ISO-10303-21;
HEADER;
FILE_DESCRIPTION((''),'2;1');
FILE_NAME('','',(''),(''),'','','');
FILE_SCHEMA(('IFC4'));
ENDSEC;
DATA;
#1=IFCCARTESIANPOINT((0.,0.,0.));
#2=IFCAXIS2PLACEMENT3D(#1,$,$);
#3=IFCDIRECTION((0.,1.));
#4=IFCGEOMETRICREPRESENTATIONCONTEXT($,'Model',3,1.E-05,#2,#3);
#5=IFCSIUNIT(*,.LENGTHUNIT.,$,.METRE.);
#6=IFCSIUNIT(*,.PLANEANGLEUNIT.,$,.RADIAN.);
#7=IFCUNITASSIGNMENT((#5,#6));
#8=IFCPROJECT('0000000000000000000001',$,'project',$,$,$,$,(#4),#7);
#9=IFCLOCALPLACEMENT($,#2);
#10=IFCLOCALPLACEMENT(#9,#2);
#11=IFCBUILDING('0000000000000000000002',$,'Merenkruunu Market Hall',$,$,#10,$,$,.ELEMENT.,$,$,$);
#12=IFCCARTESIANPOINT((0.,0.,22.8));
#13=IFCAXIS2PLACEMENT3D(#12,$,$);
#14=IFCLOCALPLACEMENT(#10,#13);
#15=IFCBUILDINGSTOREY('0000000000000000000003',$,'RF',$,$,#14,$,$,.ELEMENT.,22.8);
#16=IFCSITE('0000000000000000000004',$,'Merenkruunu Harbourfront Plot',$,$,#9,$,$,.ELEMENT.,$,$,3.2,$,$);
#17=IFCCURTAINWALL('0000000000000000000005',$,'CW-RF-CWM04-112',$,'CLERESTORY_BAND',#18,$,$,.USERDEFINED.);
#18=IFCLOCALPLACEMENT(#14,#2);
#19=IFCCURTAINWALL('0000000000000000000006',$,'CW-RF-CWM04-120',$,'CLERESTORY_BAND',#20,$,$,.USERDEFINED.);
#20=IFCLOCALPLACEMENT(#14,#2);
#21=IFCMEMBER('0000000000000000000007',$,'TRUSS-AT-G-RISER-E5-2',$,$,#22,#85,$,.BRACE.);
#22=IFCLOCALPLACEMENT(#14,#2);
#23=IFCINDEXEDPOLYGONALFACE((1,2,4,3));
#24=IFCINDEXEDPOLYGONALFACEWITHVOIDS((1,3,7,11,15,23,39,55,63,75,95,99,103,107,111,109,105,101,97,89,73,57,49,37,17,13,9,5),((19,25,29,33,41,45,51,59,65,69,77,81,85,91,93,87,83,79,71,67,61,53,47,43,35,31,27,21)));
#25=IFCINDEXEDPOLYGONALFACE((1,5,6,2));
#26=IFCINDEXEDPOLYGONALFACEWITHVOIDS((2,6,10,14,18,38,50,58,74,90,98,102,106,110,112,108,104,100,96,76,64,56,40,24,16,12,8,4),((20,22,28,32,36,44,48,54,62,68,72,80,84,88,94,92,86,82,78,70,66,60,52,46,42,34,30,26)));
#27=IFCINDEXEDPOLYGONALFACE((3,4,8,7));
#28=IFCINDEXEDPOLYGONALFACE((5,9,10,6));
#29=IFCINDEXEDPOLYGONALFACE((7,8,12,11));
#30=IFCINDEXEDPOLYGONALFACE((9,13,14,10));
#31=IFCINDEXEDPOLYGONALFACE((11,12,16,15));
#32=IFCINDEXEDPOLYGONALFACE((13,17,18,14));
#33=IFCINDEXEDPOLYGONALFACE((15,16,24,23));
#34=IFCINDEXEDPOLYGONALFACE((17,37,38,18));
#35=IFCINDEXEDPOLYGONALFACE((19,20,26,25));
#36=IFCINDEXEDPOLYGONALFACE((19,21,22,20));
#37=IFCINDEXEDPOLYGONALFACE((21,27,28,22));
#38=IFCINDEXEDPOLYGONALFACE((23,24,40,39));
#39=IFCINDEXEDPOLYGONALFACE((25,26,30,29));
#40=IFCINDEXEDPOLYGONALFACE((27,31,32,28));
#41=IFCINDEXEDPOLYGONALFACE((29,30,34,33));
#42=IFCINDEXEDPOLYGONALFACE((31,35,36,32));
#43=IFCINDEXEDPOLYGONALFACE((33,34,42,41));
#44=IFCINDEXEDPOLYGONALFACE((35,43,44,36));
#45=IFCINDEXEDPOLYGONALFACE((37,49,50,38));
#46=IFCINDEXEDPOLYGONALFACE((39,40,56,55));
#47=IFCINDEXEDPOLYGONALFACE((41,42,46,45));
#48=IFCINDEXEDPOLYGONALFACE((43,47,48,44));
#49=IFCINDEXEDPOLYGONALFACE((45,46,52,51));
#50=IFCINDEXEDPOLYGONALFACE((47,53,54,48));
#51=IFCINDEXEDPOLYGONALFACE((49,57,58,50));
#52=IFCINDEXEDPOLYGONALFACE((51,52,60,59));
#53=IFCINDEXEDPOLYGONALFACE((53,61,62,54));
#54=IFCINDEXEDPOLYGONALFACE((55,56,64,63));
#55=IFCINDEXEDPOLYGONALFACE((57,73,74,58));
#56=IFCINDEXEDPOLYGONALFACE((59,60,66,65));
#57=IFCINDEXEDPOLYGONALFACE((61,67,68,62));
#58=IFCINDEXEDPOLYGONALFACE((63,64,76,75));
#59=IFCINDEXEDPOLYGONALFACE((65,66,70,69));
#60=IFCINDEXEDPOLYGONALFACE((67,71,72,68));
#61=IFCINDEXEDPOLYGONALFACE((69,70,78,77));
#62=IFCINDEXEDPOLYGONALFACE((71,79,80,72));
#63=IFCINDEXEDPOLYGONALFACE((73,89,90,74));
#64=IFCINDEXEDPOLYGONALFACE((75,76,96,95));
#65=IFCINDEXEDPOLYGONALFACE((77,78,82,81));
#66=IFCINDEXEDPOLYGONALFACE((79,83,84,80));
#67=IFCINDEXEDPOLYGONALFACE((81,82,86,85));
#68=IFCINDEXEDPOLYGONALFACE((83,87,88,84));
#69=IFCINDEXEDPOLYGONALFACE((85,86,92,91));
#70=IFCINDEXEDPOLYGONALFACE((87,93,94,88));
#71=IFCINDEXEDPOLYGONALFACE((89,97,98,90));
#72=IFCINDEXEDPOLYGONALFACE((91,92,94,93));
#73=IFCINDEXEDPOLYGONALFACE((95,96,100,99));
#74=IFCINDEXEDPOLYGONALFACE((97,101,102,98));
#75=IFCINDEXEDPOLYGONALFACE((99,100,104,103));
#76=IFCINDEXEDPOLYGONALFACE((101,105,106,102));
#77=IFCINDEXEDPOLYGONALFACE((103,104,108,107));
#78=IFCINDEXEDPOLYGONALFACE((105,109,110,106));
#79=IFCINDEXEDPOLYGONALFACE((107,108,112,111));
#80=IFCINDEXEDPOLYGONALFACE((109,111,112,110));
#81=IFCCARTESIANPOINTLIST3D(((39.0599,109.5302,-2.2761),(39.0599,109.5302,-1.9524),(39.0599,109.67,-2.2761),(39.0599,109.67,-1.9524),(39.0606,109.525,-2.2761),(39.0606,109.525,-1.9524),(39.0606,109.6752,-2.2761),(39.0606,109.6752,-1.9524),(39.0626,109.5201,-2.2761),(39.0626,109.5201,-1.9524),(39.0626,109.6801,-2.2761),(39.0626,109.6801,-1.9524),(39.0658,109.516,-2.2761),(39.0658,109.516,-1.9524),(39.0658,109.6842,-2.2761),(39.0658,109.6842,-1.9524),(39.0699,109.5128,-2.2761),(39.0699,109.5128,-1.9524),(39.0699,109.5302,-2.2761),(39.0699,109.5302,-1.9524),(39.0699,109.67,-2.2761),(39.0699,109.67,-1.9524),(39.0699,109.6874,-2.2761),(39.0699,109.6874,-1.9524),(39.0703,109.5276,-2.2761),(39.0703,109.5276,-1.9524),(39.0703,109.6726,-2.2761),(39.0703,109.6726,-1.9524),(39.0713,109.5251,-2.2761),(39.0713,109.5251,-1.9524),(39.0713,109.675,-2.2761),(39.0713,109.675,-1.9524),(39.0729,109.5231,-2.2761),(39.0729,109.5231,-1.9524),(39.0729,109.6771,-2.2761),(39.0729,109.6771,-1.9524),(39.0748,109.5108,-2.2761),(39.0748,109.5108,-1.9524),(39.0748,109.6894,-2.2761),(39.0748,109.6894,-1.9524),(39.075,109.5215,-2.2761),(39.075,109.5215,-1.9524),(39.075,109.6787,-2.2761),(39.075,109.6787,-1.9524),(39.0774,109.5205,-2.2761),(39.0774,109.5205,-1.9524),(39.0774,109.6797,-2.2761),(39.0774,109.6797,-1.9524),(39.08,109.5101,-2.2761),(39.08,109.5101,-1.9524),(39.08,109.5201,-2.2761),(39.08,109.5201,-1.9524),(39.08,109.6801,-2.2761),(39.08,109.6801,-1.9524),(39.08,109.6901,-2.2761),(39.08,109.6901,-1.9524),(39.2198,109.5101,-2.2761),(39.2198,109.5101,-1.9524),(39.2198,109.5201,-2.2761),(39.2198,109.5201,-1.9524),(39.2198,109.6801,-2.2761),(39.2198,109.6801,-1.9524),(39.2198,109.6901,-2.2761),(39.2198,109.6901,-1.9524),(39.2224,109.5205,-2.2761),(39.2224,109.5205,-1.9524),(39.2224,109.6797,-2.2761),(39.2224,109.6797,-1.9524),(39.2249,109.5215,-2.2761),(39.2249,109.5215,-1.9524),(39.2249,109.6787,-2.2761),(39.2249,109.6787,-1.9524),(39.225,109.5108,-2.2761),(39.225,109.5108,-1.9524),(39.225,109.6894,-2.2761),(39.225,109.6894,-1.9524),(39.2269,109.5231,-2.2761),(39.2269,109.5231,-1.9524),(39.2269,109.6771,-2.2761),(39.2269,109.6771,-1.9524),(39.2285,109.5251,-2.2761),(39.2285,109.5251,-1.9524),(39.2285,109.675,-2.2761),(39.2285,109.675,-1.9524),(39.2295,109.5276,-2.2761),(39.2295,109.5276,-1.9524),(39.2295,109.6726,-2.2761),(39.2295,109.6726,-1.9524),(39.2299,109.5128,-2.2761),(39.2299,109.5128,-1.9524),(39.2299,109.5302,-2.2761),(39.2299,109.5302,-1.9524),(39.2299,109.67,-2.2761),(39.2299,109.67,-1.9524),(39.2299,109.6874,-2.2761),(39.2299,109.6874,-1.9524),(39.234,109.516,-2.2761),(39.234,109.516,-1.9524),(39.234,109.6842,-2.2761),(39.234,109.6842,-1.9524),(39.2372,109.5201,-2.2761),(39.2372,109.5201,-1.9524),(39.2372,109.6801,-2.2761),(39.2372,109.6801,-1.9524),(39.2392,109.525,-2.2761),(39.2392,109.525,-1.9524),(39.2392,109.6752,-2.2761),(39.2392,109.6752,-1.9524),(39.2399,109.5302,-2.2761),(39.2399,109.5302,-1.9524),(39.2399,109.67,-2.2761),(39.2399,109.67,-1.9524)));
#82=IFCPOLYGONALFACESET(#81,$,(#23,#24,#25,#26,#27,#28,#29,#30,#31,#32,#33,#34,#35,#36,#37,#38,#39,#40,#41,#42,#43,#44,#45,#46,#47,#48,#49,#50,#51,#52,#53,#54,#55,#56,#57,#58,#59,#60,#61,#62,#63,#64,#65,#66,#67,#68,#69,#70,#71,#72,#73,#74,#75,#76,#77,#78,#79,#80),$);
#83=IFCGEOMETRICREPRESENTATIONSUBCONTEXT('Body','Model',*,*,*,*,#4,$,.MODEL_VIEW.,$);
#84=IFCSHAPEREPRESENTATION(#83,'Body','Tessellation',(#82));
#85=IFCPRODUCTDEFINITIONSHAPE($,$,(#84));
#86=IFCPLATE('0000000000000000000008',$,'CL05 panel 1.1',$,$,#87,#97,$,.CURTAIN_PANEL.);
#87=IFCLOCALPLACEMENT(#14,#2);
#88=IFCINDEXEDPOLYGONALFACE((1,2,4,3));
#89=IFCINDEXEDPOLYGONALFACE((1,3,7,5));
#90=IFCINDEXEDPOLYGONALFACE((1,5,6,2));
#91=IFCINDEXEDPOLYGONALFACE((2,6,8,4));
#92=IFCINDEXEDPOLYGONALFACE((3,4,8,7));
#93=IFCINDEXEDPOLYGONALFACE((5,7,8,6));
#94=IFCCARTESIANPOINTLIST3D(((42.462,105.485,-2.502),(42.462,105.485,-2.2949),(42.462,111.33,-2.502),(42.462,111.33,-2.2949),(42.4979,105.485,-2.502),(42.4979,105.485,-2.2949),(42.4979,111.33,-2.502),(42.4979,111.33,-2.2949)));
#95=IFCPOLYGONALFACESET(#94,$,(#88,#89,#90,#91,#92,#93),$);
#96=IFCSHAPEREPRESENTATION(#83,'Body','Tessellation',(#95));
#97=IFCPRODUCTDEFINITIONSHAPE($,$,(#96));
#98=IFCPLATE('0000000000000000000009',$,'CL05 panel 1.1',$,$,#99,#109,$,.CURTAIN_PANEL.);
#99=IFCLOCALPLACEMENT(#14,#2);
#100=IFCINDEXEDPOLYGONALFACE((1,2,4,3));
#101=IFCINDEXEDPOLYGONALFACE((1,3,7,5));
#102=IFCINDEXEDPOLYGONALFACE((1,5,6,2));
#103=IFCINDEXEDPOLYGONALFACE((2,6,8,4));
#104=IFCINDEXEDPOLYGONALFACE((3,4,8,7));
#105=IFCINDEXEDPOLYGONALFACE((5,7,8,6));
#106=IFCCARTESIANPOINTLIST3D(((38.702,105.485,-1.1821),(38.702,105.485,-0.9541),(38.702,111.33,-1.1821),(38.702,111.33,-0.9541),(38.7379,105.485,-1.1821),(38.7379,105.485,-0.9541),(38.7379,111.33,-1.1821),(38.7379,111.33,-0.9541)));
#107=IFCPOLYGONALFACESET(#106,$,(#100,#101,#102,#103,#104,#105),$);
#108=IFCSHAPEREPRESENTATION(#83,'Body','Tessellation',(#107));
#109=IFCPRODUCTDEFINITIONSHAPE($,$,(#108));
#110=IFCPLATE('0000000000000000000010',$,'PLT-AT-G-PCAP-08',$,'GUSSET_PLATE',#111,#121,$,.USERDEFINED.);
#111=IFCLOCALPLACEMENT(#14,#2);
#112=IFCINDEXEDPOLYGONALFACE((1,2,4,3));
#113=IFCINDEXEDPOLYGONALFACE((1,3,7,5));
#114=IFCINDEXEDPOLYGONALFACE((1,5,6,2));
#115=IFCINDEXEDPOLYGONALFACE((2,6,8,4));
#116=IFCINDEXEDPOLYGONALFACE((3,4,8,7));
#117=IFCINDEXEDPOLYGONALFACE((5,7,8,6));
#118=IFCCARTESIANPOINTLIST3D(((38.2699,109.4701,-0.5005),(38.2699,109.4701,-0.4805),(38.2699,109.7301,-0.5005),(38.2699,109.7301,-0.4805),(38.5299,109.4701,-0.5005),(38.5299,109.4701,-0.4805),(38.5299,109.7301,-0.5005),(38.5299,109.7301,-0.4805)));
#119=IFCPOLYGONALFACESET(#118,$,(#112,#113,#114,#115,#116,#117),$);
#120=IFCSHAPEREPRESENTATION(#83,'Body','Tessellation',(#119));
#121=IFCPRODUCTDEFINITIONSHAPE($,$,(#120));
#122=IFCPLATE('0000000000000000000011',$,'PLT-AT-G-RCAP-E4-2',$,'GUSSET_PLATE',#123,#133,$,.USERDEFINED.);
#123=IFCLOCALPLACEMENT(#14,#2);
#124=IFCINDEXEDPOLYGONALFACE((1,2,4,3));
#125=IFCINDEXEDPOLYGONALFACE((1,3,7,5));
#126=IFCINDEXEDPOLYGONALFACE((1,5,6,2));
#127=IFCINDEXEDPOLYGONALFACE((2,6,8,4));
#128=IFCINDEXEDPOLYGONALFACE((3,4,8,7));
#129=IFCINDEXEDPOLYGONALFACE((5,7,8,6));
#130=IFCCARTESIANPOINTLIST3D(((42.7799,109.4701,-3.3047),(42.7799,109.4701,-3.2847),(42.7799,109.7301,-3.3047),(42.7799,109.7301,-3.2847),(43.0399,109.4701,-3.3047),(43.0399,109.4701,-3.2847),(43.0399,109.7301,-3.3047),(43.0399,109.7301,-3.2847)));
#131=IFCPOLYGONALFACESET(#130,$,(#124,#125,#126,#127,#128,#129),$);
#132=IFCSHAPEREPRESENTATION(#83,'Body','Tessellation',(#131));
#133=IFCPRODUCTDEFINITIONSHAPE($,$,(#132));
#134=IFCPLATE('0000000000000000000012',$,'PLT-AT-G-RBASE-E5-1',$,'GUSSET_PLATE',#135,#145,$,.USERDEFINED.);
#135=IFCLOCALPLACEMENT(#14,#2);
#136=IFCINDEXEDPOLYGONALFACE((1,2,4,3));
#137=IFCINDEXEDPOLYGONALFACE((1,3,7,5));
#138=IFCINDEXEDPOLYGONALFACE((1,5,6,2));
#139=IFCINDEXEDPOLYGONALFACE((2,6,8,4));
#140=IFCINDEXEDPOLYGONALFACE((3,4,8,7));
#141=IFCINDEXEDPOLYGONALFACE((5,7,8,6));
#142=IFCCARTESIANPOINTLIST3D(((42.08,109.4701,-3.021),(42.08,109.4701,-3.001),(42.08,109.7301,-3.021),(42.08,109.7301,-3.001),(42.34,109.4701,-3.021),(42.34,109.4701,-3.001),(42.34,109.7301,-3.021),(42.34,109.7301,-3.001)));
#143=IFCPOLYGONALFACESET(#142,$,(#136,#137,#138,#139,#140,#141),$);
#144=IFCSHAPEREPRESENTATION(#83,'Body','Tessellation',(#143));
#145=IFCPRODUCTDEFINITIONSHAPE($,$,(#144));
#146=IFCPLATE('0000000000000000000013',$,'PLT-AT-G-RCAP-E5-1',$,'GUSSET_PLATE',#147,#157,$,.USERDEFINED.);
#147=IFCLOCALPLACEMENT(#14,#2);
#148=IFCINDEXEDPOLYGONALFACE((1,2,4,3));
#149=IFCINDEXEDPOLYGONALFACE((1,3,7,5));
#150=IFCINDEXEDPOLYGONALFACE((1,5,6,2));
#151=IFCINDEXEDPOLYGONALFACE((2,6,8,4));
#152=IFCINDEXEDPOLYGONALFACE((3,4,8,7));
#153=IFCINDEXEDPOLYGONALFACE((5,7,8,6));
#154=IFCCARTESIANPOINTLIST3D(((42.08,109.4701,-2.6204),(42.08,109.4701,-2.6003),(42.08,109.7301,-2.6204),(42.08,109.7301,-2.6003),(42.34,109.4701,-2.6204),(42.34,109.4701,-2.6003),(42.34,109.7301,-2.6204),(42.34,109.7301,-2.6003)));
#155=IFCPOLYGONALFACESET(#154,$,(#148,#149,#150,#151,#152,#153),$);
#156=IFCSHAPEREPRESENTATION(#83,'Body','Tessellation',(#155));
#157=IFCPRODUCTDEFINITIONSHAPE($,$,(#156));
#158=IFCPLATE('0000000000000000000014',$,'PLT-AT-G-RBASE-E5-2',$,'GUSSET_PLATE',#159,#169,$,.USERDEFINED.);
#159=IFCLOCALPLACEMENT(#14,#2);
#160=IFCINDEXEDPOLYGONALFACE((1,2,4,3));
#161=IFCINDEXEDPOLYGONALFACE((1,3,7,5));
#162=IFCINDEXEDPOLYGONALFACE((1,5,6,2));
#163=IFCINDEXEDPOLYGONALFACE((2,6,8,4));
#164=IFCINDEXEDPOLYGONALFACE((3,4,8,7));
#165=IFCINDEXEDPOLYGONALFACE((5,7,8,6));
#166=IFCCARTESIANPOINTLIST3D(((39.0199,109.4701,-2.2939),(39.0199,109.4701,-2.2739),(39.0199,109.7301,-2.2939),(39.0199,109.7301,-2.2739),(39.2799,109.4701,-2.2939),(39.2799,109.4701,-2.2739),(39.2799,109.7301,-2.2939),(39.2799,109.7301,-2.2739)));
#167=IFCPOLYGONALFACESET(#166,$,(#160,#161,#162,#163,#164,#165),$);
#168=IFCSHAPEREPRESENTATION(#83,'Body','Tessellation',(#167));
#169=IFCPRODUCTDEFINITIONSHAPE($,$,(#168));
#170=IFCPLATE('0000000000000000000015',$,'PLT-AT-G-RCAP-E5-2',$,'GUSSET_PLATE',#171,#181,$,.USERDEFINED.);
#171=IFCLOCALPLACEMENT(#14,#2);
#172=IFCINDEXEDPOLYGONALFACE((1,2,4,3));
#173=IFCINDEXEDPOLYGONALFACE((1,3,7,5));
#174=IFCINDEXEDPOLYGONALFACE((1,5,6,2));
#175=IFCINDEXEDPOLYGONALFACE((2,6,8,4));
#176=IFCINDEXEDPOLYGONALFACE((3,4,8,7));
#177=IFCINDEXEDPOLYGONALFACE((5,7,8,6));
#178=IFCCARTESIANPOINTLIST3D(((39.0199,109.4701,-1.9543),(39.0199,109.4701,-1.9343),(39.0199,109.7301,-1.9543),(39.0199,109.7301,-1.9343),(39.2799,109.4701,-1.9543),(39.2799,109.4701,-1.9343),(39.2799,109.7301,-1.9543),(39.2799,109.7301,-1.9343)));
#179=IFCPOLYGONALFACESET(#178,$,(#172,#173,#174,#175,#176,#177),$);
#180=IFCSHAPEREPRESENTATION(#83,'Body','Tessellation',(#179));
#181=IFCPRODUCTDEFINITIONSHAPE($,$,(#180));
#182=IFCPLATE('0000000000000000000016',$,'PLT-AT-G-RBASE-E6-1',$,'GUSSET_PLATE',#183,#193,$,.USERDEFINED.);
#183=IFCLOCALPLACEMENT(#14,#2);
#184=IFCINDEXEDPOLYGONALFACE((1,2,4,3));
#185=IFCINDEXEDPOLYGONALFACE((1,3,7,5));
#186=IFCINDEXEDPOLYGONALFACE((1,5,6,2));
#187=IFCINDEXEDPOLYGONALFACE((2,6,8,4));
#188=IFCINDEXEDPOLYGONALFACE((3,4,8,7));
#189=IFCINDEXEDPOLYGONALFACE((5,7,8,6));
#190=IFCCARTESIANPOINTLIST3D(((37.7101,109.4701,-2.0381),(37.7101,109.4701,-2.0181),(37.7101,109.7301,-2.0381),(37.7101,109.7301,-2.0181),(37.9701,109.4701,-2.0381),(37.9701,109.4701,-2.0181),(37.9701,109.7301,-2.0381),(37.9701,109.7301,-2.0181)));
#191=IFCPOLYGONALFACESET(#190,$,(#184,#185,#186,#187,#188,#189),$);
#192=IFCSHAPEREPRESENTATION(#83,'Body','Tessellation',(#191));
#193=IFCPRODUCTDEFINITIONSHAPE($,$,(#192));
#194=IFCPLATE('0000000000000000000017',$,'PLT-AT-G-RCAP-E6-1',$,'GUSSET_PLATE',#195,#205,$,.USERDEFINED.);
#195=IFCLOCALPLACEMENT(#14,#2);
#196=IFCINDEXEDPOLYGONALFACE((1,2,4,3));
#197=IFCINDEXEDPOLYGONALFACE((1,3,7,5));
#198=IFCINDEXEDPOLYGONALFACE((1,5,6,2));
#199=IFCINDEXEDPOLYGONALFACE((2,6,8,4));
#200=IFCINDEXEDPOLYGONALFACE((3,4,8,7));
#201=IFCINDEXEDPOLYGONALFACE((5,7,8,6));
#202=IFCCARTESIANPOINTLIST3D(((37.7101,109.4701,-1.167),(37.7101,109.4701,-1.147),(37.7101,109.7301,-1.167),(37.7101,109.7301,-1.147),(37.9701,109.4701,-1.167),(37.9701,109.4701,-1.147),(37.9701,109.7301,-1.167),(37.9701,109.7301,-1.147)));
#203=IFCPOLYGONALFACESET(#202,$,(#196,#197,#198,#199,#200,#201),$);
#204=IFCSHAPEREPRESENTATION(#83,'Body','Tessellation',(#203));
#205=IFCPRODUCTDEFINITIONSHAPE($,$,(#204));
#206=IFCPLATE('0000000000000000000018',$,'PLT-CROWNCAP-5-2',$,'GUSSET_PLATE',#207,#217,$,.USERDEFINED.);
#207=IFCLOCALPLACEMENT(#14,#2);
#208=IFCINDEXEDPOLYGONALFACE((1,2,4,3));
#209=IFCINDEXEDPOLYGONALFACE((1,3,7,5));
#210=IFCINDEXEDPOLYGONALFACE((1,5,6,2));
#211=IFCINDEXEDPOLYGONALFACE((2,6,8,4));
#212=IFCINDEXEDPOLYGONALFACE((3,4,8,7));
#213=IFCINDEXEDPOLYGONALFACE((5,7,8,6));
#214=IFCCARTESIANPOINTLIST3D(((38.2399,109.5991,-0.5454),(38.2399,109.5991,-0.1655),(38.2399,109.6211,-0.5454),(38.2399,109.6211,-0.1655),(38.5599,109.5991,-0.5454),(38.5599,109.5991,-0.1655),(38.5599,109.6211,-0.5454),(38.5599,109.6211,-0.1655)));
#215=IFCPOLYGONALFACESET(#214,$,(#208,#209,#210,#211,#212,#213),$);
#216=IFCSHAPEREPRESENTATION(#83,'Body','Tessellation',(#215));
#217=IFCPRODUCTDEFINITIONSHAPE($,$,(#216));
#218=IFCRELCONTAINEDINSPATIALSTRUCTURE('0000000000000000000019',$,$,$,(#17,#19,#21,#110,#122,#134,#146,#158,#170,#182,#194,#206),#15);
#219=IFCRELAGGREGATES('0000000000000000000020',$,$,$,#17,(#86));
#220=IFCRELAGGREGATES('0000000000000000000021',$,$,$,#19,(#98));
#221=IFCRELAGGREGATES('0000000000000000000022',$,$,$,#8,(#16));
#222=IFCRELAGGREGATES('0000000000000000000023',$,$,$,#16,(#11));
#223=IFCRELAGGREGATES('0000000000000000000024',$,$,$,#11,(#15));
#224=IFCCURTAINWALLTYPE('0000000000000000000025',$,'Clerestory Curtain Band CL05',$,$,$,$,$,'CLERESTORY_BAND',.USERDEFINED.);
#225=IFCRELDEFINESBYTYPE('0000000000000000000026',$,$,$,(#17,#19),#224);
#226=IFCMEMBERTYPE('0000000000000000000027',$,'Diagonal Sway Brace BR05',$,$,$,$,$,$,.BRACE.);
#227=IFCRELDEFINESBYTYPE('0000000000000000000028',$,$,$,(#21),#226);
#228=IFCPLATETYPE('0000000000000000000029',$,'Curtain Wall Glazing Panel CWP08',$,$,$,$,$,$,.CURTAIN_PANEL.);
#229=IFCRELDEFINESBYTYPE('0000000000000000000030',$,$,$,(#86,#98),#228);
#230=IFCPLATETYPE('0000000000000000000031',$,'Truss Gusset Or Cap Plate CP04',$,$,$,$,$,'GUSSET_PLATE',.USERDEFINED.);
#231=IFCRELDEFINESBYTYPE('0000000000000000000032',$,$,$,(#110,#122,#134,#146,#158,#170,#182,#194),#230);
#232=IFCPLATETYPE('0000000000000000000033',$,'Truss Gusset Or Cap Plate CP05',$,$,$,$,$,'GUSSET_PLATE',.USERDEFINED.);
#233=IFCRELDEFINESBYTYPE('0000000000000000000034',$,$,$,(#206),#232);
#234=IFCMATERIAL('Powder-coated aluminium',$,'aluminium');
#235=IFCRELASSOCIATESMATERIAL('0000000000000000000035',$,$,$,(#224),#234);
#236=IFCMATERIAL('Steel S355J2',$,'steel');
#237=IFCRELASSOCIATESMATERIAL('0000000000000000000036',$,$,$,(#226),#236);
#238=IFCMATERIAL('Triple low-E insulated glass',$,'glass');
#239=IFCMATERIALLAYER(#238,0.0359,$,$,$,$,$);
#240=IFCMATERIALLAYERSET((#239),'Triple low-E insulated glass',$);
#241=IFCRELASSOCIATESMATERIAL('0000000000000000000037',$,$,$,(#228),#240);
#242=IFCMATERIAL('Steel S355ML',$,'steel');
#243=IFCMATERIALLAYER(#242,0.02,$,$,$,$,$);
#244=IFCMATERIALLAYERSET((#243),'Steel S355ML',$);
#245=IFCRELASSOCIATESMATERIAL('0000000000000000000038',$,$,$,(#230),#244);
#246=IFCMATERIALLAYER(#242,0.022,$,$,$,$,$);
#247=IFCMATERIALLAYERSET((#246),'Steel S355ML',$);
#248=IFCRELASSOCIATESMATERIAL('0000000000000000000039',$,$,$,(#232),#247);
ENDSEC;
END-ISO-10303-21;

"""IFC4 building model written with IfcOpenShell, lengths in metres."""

from ifc_helpers import new_model, si_unit, direction, frame, origin, origin_2d, place, context, subcontext, project, spatial, rectangle, hollow_rectangle, extrude, material, layer, layer_set, material_profile, profile_set, type_object, element, aggregate, save


model = new_model("IFC4")

# Units and contexts
model_context = context("Model", 3, precision=1e-05, world=origin(), true_north=direction((0.0, 1.0)))
body_context = subcontext(model_context, "Body", "Model", "MODEL_VIEW")
ifc_project = project(units=[si_unit("LENGTHUNIT", "METRE"), si_unit("PLANEANGLEUNIT", "RADIAN")], contexts=[model_context])

# Site, building, storey
site_placement = place(None, origin())
site = spatial("IfcSite", under=ifc_project, at=site_placement, Name="Merenkruunu Harbourfront Plot", CompositionType="ELEMENT", RefElevation=3.2)
building_placement = place(site_placement, origin())
building = spatial("IfcBuilding", under=site, at=building_placement, Name="Merenkruunu Market Hall", CompositionType="ELEMENT")
storey_placement = place(building_placement, frame((0.0, 0.0, 22.8)))
storey = spatial("IfcBuildingStorey", under=building, at=storey_placement, Name="RF", CompositionType="ELEMENT", Elevation=22.8)

# Shared definitions
ifc_material_1 = material(Name="Steel S355ML", Category="steel")

# Curtain walls
ifc_material_2 = material(Name="Powder-coated aluminium", Category="aluminium")
curtain_wall_type_1 = type_object("IfcCurtainWallType", Name="Clerestory Curtain Band CL05", ElementType="CLERESTORY_BAND", PredefinedType="USERDEFINED", material=ifc_material_2)
curtain_wall_1_placement = place(storey_placement, origin())
curtain_wall_1 = element("IfcCurtainWall", 1, at=curtain_wall_1_placement, inside=storey, type_object=curtain_wall_type_1, Name="CW-RF-CWM04-112", ObjectType="CLERESTORY_BAND", PredefinedType="USERDEFINED")
curtain_wall_2_placement = place(storey_placement, origin())
curtain_wall_2 = element("IfcCurtainWall", 2, at=curtain_wall_2_placement, inside=storey, type_object=curtain_wall_type_1, Name="CW-RF-CWM04-120", ObjectType="CLERESTORY_BAND", PredefinedType="USERDEFINED")

# Member
ifc_material_3 = material(Name="Steel S355J2", Category="steel")
ifc_material_profile_1 = material_profile(ifc_material_3, hollow_rectangle(XDim=0.1799, YDim=0.1799, WallThickness=0.01, InnerFilletRadius=0.01, OuterFilletRadius=0.02, at=origin_2d()), Name="SHS 180x180x10")
ifc_profile_set_1 = profile_set([ifc_material_profile_1], Name="Steel S355J2")
member_type_1 = type_object("IfcMemberType", Name="Diagonal Sway Brace BR05", PredefinedType="BRACE", material=ifc_profile_set_1)
member_1_placement = place(storey_placement, frame((39.1499, 109.6001, -2.2761), z_axis=(0.0, 0.0, 1.0), x_axis=(1.0, 0.0, 0.0)))
element("IfcMember", 3, at=member_1_placement, inside=storey, type_object=member_type_1, Name="TRUSS-AT-G-RISER-E5-2", PredefinedType="BRACE", context=body_context, shape_type="SweptSolid", body=[
    extrude(hollow_rectangle(XDim=0.1799, YDim=0.1799, WallThickness=0.01, InnerFilletRadius=0.01, OuterFilletRadius=0.02, at=origin_2d()), origin(), (0.0, 0.0, 1.0), 0.3237),
])

# Plates
ifc_material_4 = material(Name="Triple low-E insulated glass", Category="glass")
ifc_layer_1 = layer(ifc_material_4, 0.0359)
ifc_layer_set_1 = layer_set([ifc_layer_1], Name="Triple low-E insulated glass")
plate_type_1 = type_object("IfcPlateType", Name="Curtain Wall Glazing Panel CWP08", PredefinedType="CURTAIN_PANEL", material=ifc_layer_set_1)
plate_1_placement = place(storey_placement, frame((42.48, 108.4075, -2.502), z_axis=(0.0, 0.0, 1.0), x_axis=(0.0, -1.0, 0.0)))
plate_1 = element("IfcPlate", 4, at=plate_1_placement, type_object=plate_type_1, Name="CL05 panel 1.1", PredefinedType="CURTAIN_PANEL", context=body_context, shape_type="SweptSolid", body=[
    extrude(rectangle(XDim=5.845, YDim=0.0359, at=origin_2d()), origin(), (0.0, 0.0, 1.0), 0.207),
])
aggregate(curtain_wall_1, [plate_1])
plate_2_placement = place(storey_placement, frame((38.72, 108.4075, -1.1821), z_axis=(0.0, 0.0, 1.0), x_axis=(0.0, -1.0, 0.0)))
plate_2 = element("IfcPlate", 5, at=plate_2_placement, type_object=plate_type_1, Name="CL05 panel 1.1", PredefinedType="CURTAIN_PANEL", context=body_context, shape_type="SweptSolid", body=[
    extrude(rectangle(XDim=5.845, YDim=0.0359, at=origin_2d()), origin(), (0.0, 0.0, 1.0), 0.228),
])
aggregate(curtain_wall_2, [plate_2])

# Plates
ifc_layer_2 = layer(ifc_material_1, 0.02)
ifc_layer_set_2 = layer_set([ifc_layer_2], Name="Steel S355ML")
plate_type_2 = type_object("IfcPlateType", Name="Truss Gusset Or Cap Plate CP04", ElementType="GUSSET_PLATE", PredefinedType="USERDEFINED", material=ifc_layer_set_2)
for number, where, z_axis, x_axis, name in (
    (6, (38.3999, 109.6001, -0.5005), (0.0, 0.0, 1.0), (1.0, 0.0, 0.0), "PLT-AT-G-PCAP-08"),
    (7, (42.9099, 109.6001, -3.3047), (0.0, 0.0, 1.0), (1.0, 0.0, 0.0), "PLT-AT-G-RCAP-E4-2"),
    (8, (42.21, 109.6001, -3.021), (0.0, 0.0, 1.0), (1.0, 0.0, 0.0), "PLT-AT-G-RBASE-E5-1"),
    (9, (42.21, 109.6001, -2.6204), (0.0, 0.0, 1.0), (1.0, 0.0, 0.0), "PLT-AT-G-RCAP-E5-1"),
    (10, (39.1499, 109.6001, -2.2939), (0.0, 0.0, 1.0), (1.0, 0.0, 0.0), "PLT-AT-G-RBASE-E5-2"),
    (11, (39.1499, 109.6001, -1.9543), (0.0, 0.0, 1.0), (1.0, 0.0, 0.0), "PLT-AT-G-RCAP-E5-2"),
    (12, (37.8401, 109.6001, -2.0381), (0.0, 0.0, 1.0), (1.0, 0.0, 0.0), "PLT-AT-G-RBASE-E6-1"),
    (13, (37.8401, 109.6001, -1.167), (0.0, 0.0, 1.0), (1.0, 0.0, 0.0), "PLT-AT-G-RCAP-E6-1"),
):
    element("IfcPlate", number, at=place(storey_placement, frame(where, z_axis=z_axis, x_axis=x_axis)), inside=storey, type_object=plate_type_2, Name=name, ObjectType="GUSSET_PLATE", PredefinedType="USERDEFINED", context=body_context, shape_type="SweptSolid", body=[
        extrude(rectangle(XDim=0.26, YDim=0.26, at=origin_2d()), origin(), (0.0, 0.0, 1.0), 0.02),
    ])
ifc_layer_3 = layer(ifc_material_1, 0.022)
ifc_layer_set_3 = layer_set([ifc_layer_3], Name="Steel S355ML")
plate_type_3 = type_object("IfcPlateType", Name="Truss Gusset Or Cap Plate CP05", ElementType="GUSSET_PLATE", PredefinedType="USERDEFINED", material=ifc_layer_set_3)
plate_3_placement = place(storey_placement, frame((38.3999, 109.6101, -0.5454), z_axis=(0.0, 0.0, 1.0), x_axis=(1.0, 0.0, 0.0)))
element("IfcPlate", 14, at=plate_3_placement, inside=storey, type_object=plate_type_3, Name="PLT-CROWNCAP-5-2", ObjectType="GUSSET_PLATE", PredefinedType="USERDEFINED", context=body_context, shape_type="SweptSolid", body=[
    extrude(rectangle(XDim=0.3201, YDim=0.022, at=origin_2d()), origin(), (0.0, 0.0, 1.0), 0.3799),
])

save(model, "model.ifc")
